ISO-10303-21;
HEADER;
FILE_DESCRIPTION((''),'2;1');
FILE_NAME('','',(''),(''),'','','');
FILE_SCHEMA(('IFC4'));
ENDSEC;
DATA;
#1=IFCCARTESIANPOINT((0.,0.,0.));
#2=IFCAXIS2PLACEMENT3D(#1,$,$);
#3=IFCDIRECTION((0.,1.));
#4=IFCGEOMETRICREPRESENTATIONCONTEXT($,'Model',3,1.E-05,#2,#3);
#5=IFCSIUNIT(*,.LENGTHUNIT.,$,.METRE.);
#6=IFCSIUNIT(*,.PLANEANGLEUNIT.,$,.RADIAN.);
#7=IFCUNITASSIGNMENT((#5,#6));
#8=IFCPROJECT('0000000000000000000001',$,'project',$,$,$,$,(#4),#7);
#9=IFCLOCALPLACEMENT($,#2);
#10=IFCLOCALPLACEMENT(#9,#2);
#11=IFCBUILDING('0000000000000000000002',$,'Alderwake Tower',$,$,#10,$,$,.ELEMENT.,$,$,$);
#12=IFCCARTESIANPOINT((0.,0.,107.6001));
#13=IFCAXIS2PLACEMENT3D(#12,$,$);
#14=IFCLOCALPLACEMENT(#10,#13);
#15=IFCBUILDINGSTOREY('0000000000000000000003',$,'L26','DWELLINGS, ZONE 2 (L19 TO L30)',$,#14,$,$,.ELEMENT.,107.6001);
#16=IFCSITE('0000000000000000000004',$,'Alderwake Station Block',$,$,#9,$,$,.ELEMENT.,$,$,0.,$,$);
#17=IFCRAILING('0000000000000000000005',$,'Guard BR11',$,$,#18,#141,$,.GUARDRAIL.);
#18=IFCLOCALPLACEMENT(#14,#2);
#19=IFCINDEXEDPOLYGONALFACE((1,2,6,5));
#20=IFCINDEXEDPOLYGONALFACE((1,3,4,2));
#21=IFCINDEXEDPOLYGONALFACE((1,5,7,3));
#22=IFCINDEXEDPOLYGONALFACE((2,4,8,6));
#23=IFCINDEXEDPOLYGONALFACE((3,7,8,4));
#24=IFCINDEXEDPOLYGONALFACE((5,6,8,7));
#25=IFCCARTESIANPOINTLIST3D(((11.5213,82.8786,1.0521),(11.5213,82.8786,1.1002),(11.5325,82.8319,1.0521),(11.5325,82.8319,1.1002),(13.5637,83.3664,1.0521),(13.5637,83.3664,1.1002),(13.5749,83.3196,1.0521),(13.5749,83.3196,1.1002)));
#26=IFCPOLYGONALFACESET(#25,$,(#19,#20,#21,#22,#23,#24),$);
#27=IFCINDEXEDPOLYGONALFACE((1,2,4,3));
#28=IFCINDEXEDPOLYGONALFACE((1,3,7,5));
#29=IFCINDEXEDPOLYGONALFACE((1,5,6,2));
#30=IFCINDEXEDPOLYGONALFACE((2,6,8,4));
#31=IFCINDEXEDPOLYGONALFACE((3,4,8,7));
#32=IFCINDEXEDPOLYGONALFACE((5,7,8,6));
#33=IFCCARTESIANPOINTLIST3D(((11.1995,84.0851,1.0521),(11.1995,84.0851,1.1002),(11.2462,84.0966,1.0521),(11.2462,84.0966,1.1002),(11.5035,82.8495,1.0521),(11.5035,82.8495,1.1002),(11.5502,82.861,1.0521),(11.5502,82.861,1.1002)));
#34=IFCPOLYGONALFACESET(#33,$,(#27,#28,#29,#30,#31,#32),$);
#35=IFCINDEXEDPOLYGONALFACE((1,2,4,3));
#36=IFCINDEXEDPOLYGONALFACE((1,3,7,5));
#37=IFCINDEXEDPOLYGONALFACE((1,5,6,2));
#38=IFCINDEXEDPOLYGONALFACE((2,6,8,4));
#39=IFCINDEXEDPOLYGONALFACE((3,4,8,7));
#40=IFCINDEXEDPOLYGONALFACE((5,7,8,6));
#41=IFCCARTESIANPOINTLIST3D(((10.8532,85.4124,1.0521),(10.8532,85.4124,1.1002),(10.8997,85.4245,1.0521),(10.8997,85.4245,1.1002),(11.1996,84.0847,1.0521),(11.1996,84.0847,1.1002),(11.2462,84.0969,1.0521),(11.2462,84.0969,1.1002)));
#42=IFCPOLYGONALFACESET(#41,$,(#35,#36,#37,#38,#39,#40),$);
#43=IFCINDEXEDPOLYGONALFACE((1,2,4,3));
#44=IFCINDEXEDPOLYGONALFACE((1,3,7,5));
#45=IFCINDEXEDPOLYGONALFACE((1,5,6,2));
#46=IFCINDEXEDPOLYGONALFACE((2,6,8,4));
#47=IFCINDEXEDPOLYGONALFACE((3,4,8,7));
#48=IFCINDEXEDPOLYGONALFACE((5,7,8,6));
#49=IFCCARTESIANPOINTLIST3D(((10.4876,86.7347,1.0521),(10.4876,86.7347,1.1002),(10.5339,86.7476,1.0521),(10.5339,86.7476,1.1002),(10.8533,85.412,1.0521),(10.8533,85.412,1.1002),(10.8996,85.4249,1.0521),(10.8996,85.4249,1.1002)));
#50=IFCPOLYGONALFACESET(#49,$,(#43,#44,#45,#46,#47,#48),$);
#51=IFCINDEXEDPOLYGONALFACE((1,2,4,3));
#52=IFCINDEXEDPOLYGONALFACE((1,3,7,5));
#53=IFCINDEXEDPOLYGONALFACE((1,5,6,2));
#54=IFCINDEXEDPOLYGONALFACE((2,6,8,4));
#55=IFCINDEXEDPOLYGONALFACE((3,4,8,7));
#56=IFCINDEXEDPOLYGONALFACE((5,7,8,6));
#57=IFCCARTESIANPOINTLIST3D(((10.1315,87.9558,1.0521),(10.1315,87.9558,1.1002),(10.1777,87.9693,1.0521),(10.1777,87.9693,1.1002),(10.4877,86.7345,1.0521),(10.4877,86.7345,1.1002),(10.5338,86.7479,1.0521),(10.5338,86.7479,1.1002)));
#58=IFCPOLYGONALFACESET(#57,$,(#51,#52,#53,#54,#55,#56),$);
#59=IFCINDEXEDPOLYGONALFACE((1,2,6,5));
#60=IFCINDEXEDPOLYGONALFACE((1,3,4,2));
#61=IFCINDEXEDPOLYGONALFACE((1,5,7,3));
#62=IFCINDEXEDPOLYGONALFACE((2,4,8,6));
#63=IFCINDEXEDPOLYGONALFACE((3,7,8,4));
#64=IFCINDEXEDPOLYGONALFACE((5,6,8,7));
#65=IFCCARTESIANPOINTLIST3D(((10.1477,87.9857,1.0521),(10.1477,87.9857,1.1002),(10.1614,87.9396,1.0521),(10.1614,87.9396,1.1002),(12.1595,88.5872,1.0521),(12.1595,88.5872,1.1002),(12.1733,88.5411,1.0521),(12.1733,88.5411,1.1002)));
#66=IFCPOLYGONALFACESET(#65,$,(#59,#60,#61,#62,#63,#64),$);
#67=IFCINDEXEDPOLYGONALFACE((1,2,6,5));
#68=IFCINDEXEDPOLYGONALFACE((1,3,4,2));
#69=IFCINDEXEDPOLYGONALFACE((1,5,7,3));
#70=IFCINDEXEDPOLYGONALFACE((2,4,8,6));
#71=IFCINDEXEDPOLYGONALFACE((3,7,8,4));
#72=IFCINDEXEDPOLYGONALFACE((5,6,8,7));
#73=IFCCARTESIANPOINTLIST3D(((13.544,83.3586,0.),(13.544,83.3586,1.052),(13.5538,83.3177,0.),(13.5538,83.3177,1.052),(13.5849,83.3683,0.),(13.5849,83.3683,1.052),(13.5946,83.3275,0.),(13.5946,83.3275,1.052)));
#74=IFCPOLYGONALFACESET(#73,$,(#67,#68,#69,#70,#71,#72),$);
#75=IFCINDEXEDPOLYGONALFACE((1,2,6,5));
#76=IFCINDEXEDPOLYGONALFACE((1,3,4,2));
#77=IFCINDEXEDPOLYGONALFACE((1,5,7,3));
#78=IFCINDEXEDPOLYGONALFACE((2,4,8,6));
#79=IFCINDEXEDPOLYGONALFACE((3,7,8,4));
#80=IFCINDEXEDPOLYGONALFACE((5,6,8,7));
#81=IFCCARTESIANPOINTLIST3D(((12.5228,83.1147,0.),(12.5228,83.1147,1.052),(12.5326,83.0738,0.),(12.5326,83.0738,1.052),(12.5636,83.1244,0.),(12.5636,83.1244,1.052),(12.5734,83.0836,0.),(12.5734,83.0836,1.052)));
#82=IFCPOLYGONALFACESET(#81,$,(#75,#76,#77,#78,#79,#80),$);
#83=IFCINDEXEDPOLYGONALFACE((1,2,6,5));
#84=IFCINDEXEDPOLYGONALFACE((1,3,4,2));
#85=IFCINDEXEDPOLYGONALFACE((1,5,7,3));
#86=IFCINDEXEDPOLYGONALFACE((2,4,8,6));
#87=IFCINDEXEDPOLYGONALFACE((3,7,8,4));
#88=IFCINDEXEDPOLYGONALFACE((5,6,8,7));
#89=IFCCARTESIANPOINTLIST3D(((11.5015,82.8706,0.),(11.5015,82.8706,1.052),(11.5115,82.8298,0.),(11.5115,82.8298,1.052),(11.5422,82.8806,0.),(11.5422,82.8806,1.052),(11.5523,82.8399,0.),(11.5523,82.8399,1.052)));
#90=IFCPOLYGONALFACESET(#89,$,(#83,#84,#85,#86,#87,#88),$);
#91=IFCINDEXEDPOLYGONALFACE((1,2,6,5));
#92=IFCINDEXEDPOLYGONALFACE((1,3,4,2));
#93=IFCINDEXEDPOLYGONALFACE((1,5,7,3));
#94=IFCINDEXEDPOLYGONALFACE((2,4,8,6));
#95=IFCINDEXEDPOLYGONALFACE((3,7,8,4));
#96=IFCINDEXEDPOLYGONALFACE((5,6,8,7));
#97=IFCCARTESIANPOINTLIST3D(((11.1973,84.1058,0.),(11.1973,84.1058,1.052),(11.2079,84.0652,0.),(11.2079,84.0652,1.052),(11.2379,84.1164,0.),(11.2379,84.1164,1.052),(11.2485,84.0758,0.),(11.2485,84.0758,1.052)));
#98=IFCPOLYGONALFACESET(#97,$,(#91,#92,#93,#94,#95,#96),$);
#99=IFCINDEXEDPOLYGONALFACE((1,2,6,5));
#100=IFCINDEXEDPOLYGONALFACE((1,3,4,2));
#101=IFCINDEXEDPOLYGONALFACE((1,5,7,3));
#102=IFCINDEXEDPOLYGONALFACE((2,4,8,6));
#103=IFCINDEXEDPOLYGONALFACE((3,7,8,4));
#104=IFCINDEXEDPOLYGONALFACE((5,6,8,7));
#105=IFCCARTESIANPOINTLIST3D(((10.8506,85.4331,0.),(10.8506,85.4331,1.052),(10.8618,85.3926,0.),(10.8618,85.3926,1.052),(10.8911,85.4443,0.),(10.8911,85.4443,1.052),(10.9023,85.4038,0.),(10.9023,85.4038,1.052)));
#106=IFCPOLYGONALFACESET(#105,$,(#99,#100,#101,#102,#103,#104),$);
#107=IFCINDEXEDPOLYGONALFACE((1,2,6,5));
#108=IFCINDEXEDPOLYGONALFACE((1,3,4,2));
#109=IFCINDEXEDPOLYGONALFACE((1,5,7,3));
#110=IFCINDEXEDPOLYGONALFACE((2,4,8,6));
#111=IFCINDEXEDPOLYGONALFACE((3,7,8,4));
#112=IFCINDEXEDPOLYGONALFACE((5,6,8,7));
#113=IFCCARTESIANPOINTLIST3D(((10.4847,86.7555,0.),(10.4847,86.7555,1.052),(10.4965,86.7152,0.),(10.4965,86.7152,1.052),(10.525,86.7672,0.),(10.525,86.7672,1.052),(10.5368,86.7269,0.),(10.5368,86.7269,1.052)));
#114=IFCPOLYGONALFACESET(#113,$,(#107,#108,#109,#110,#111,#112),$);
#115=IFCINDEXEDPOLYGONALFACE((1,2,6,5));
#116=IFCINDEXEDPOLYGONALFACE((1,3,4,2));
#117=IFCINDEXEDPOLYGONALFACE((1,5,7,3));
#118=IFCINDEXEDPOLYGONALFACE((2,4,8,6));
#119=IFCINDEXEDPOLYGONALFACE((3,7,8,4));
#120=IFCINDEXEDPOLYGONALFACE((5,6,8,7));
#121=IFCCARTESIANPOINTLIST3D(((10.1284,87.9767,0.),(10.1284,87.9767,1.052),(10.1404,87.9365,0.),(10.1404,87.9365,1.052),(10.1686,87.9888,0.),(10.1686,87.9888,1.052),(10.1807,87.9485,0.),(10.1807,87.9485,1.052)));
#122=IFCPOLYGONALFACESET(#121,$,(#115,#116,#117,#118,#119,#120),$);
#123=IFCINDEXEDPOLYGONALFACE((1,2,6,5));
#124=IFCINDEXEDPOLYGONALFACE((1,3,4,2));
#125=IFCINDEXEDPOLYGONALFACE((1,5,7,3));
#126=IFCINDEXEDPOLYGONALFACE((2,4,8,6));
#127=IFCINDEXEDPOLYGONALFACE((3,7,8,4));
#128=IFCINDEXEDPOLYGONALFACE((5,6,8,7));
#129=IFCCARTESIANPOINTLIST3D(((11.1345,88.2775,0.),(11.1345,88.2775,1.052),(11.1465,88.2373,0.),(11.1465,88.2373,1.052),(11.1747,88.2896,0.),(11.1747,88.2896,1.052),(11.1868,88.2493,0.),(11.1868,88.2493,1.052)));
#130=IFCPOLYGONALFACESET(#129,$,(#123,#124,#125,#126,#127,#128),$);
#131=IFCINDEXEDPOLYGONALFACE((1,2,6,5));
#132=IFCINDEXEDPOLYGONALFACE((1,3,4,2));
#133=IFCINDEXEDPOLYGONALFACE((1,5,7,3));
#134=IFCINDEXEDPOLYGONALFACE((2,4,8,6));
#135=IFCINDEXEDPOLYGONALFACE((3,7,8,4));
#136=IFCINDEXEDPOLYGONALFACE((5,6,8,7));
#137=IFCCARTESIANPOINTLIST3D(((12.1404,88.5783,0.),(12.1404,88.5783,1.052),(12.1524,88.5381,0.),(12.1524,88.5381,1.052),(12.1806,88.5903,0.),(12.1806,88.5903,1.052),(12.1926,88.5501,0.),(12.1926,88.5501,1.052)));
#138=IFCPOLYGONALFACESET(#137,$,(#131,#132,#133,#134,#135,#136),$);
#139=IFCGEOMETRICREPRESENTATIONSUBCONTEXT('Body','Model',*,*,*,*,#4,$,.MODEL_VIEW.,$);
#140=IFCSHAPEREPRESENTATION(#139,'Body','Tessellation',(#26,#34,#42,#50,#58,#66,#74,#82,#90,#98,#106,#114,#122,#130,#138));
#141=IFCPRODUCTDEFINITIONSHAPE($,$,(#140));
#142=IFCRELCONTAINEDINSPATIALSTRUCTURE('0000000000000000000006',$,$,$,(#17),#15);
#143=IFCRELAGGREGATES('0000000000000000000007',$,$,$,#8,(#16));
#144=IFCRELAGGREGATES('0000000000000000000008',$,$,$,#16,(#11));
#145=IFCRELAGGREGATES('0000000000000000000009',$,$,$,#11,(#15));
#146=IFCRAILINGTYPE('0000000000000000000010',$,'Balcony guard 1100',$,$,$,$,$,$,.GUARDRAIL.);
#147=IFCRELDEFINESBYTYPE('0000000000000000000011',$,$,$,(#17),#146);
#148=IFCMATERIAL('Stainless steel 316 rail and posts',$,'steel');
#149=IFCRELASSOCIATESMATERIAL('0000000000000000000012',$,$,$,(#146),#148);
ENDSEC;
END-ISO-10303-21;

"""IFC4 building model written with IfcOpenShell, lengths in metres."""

from ifc_helpers import new_model, si_unit, direction, frame, origin, origin_2d, place, context, subcontext, project, spatial, rectangle, extrude, material, type_object, element, save


model = new_model("IFC4")

# Units and contexts
model_context = context("Model", 3, precision=1e-05, world=origin(), true_north=direction((0.0, 1.0)))
body_context = subcontext(model_context, "Body", "Model", "MODEL_VIEW")
ifc_project = project(units=[si_unit("LENGTHUNIT", "METRE"), si_unit("PLANEANGLEUNIT", "RADIAN")], contexts=[model_context])

# Site, building, storey
site_placement = place(None, origin())
site = spatial("IfcSite", under=ifc_project, at=site_placement, Name="Alderwake Station Block", CompositionType="ELEMENT", RefElevation=0.0)
building_placement = place(site_placement, origin())
building = spatial("IfcBuilding", under=site, at=building_placement, Name="Alderwake Tower", CompositionType="ELEMENT")
storey_placement = place(building_placement, frame((0.0, 0.0, 107.6001)))
storey = spatial("IfcBuildingStorey", under=building, at=storey_placement, Name="L26", Description="DWELLINGS, ZONE 2 (L19 TO L30)", CompositionType="ELEMENT", Elevation=107.6001)

# Railing
ifc_material_1 = material(Name="Stainless steel 316 rail and posts", Category="steel")
railing_type = type_object("IfcRailingType", Name="Balcony guard 1100", PredefinedType="GUARDRAIL", material=ifc_material_1)
railing_placement = place(storey_placement, frame((13.5693, 83.343, 0.0)))
element("IfcRailing", 1, at=railing_placement, inside=storey, type_object=railing_type, Name="Guard BR11", PredefinedType="GUARDRAIL", context=body_context, shape_type="SweptSolid", body=[
    extrude(rectangle(XDim=0.0481, YDim=0.0481, at=origin_2d()), frame((0.0, 0.0, 1.0762), z_axis=(-0.972646, -0.232291, 0.0), x_axis=(0.232291, -0.972646, 0.0)), (0.0, 0.0, 1.0), 2.0999),
    extrude(rectangle(XDim=0.0481, YDim=0.0481, at=origin_2d()), frame((-2.0425, -0.4878, 1.0762), z_axis=(-0.238877, 0.97105, 0.0), x_axis=(-0.97105, -0.238877, 0.0)), (0.0, 0.0, 1.0), 1.2725),
    extrude(rectangle(XDim=0.0481, YDim=0.0481, at=origin_2d()), frame((-2.3464, 0.7478, 1.0762), z_axis=(-0.252487, 0.9676, 0.0), x_axis=(-0.9676, -0.252487, 0.0)), (0.0, 0.0, 1.0), 1.3721),
    extrude(rectangle(XDim=0.0481, YDim=0.0481, at=origin_2d()), frame((-2.6929, 2.0754, 1.0762), z_axis=(-0.266488, 0.963838, 0.0), x_axis=(-0.963838, -0.266488, 0.0)), (0.0, 0.0, 1.0), 1.3723),
    extrude(rectangle(XDim=0.0481, YDim=0.0481, at=origin_2d()), frame((-3.0586, 3.3982, 1.0762), z_axis=(-0.279963, 0.960011, 0.0), x_axis=(-0.960011, -0.279963, 0.0)), (0.0, 0.0, 1.0), 1.2722),
    extrude(rectangle(XDim=0.0481, YDim=0.0481, at=origin_2d()), frame((-3.4148, 4.6196, 1.0762), z_axis=(0.958091, 0.286462, 0.0), x_axis=(-0.286462, 0.958091, 0.0)), (0.0, 0.0, 1.0), 2.0999),
    extrude(rectangle(XDim=0.042, YDim=0.042, at=origin_2d()), frame((0.0, 0.0, 0.0), z_axis=(0.0, 0.0, 1.0), x_axis=(-0.972646, -0.232291, 0.0)), (0.0, 0.0, 1.0), 1.052),
    extrude(rectangle(XDim=0.042, YDim=0.042, at=origin_2d()), frame((-1.0212, -0.2439, 0.0), z_axis=(0.0, 0.0, 1.0), x_axis=(-0.972646, -0.232291, 0.0)), (0.0, 0.0, 1.0), 1.052),
    extrude(rectangle(XDim=0.042, YDim=0.042, at=origin_2d()), frame((-2.0425, -0.4878, 0.0), z_axis=(0.0, 0.0, 1.0), x_axis=(-0.238877, 0.97105, 0.0)), (0.0, 0.0, 1.0), 1.052),
    extrude(rectangle(XDim=0.042, YDim=0.042, at=origin_2d()), frame((-2.3464, 0.7478, 0.0), z_axis=(0.0, 0.0, 1.0), x_axis=(-0.252487, 0.9676, 0.0)), (0.0, 0.0, 1.0), 1.052),
    extrude(rectangle(XDim=0.042, YDim=0.042, at=origin_2d()), frame((-2.6929, 2.0754, 0.0), z_axis=(0.0, 0.0, 1.0), x_axis=(-0.266488, 0.963838, 0.0)), (0.0, 0.0, 1.0), 1.052),
    extrude(rectangle(XDim=0.042, YDim=0.042, at=origin_2d()), frame((-3.0586, 3.3982, 0.0), z_axis=(0.0, 0.0, 1.0), x_axis=(-0.279963, 0.960011, 0.0)), (0.0, 0.0, 1.0), 1.052),
    extrude(rectangle(XDim=0.042, YDim=0.042, at=origin_2d()), frame((-3.4148, 4.6196, 0.0), z_axis=(0.0, 0.0, 1.0), x_axis=(0.958091, 0.286462, 0.0)), (0.0, 0.0, 1.0), 1.052),
    extrude(rectangle(XDim=0.042, YDim=0.042, at=origin_2d()), frame((-2.4087, 4.9204, 0.0), z_axis=(0.0, 0.0, 1.0), x_axis=(0.958091, 0.286462, 0.0)), (0.0, 0.0, 1.0), 1.052),
    extrude(rectangle(XDim=0.042, YDim=0.042, at=origin_2d()), frame((-1.4028, 5.2212, 0.0), z_axis=(0.0, 0.0, 1.0), x_axis=(0.958091, 0.286462, 0.0)), (0.0, 0.0, 1.0), 1.052),
])

save(model, "model.ifc")
